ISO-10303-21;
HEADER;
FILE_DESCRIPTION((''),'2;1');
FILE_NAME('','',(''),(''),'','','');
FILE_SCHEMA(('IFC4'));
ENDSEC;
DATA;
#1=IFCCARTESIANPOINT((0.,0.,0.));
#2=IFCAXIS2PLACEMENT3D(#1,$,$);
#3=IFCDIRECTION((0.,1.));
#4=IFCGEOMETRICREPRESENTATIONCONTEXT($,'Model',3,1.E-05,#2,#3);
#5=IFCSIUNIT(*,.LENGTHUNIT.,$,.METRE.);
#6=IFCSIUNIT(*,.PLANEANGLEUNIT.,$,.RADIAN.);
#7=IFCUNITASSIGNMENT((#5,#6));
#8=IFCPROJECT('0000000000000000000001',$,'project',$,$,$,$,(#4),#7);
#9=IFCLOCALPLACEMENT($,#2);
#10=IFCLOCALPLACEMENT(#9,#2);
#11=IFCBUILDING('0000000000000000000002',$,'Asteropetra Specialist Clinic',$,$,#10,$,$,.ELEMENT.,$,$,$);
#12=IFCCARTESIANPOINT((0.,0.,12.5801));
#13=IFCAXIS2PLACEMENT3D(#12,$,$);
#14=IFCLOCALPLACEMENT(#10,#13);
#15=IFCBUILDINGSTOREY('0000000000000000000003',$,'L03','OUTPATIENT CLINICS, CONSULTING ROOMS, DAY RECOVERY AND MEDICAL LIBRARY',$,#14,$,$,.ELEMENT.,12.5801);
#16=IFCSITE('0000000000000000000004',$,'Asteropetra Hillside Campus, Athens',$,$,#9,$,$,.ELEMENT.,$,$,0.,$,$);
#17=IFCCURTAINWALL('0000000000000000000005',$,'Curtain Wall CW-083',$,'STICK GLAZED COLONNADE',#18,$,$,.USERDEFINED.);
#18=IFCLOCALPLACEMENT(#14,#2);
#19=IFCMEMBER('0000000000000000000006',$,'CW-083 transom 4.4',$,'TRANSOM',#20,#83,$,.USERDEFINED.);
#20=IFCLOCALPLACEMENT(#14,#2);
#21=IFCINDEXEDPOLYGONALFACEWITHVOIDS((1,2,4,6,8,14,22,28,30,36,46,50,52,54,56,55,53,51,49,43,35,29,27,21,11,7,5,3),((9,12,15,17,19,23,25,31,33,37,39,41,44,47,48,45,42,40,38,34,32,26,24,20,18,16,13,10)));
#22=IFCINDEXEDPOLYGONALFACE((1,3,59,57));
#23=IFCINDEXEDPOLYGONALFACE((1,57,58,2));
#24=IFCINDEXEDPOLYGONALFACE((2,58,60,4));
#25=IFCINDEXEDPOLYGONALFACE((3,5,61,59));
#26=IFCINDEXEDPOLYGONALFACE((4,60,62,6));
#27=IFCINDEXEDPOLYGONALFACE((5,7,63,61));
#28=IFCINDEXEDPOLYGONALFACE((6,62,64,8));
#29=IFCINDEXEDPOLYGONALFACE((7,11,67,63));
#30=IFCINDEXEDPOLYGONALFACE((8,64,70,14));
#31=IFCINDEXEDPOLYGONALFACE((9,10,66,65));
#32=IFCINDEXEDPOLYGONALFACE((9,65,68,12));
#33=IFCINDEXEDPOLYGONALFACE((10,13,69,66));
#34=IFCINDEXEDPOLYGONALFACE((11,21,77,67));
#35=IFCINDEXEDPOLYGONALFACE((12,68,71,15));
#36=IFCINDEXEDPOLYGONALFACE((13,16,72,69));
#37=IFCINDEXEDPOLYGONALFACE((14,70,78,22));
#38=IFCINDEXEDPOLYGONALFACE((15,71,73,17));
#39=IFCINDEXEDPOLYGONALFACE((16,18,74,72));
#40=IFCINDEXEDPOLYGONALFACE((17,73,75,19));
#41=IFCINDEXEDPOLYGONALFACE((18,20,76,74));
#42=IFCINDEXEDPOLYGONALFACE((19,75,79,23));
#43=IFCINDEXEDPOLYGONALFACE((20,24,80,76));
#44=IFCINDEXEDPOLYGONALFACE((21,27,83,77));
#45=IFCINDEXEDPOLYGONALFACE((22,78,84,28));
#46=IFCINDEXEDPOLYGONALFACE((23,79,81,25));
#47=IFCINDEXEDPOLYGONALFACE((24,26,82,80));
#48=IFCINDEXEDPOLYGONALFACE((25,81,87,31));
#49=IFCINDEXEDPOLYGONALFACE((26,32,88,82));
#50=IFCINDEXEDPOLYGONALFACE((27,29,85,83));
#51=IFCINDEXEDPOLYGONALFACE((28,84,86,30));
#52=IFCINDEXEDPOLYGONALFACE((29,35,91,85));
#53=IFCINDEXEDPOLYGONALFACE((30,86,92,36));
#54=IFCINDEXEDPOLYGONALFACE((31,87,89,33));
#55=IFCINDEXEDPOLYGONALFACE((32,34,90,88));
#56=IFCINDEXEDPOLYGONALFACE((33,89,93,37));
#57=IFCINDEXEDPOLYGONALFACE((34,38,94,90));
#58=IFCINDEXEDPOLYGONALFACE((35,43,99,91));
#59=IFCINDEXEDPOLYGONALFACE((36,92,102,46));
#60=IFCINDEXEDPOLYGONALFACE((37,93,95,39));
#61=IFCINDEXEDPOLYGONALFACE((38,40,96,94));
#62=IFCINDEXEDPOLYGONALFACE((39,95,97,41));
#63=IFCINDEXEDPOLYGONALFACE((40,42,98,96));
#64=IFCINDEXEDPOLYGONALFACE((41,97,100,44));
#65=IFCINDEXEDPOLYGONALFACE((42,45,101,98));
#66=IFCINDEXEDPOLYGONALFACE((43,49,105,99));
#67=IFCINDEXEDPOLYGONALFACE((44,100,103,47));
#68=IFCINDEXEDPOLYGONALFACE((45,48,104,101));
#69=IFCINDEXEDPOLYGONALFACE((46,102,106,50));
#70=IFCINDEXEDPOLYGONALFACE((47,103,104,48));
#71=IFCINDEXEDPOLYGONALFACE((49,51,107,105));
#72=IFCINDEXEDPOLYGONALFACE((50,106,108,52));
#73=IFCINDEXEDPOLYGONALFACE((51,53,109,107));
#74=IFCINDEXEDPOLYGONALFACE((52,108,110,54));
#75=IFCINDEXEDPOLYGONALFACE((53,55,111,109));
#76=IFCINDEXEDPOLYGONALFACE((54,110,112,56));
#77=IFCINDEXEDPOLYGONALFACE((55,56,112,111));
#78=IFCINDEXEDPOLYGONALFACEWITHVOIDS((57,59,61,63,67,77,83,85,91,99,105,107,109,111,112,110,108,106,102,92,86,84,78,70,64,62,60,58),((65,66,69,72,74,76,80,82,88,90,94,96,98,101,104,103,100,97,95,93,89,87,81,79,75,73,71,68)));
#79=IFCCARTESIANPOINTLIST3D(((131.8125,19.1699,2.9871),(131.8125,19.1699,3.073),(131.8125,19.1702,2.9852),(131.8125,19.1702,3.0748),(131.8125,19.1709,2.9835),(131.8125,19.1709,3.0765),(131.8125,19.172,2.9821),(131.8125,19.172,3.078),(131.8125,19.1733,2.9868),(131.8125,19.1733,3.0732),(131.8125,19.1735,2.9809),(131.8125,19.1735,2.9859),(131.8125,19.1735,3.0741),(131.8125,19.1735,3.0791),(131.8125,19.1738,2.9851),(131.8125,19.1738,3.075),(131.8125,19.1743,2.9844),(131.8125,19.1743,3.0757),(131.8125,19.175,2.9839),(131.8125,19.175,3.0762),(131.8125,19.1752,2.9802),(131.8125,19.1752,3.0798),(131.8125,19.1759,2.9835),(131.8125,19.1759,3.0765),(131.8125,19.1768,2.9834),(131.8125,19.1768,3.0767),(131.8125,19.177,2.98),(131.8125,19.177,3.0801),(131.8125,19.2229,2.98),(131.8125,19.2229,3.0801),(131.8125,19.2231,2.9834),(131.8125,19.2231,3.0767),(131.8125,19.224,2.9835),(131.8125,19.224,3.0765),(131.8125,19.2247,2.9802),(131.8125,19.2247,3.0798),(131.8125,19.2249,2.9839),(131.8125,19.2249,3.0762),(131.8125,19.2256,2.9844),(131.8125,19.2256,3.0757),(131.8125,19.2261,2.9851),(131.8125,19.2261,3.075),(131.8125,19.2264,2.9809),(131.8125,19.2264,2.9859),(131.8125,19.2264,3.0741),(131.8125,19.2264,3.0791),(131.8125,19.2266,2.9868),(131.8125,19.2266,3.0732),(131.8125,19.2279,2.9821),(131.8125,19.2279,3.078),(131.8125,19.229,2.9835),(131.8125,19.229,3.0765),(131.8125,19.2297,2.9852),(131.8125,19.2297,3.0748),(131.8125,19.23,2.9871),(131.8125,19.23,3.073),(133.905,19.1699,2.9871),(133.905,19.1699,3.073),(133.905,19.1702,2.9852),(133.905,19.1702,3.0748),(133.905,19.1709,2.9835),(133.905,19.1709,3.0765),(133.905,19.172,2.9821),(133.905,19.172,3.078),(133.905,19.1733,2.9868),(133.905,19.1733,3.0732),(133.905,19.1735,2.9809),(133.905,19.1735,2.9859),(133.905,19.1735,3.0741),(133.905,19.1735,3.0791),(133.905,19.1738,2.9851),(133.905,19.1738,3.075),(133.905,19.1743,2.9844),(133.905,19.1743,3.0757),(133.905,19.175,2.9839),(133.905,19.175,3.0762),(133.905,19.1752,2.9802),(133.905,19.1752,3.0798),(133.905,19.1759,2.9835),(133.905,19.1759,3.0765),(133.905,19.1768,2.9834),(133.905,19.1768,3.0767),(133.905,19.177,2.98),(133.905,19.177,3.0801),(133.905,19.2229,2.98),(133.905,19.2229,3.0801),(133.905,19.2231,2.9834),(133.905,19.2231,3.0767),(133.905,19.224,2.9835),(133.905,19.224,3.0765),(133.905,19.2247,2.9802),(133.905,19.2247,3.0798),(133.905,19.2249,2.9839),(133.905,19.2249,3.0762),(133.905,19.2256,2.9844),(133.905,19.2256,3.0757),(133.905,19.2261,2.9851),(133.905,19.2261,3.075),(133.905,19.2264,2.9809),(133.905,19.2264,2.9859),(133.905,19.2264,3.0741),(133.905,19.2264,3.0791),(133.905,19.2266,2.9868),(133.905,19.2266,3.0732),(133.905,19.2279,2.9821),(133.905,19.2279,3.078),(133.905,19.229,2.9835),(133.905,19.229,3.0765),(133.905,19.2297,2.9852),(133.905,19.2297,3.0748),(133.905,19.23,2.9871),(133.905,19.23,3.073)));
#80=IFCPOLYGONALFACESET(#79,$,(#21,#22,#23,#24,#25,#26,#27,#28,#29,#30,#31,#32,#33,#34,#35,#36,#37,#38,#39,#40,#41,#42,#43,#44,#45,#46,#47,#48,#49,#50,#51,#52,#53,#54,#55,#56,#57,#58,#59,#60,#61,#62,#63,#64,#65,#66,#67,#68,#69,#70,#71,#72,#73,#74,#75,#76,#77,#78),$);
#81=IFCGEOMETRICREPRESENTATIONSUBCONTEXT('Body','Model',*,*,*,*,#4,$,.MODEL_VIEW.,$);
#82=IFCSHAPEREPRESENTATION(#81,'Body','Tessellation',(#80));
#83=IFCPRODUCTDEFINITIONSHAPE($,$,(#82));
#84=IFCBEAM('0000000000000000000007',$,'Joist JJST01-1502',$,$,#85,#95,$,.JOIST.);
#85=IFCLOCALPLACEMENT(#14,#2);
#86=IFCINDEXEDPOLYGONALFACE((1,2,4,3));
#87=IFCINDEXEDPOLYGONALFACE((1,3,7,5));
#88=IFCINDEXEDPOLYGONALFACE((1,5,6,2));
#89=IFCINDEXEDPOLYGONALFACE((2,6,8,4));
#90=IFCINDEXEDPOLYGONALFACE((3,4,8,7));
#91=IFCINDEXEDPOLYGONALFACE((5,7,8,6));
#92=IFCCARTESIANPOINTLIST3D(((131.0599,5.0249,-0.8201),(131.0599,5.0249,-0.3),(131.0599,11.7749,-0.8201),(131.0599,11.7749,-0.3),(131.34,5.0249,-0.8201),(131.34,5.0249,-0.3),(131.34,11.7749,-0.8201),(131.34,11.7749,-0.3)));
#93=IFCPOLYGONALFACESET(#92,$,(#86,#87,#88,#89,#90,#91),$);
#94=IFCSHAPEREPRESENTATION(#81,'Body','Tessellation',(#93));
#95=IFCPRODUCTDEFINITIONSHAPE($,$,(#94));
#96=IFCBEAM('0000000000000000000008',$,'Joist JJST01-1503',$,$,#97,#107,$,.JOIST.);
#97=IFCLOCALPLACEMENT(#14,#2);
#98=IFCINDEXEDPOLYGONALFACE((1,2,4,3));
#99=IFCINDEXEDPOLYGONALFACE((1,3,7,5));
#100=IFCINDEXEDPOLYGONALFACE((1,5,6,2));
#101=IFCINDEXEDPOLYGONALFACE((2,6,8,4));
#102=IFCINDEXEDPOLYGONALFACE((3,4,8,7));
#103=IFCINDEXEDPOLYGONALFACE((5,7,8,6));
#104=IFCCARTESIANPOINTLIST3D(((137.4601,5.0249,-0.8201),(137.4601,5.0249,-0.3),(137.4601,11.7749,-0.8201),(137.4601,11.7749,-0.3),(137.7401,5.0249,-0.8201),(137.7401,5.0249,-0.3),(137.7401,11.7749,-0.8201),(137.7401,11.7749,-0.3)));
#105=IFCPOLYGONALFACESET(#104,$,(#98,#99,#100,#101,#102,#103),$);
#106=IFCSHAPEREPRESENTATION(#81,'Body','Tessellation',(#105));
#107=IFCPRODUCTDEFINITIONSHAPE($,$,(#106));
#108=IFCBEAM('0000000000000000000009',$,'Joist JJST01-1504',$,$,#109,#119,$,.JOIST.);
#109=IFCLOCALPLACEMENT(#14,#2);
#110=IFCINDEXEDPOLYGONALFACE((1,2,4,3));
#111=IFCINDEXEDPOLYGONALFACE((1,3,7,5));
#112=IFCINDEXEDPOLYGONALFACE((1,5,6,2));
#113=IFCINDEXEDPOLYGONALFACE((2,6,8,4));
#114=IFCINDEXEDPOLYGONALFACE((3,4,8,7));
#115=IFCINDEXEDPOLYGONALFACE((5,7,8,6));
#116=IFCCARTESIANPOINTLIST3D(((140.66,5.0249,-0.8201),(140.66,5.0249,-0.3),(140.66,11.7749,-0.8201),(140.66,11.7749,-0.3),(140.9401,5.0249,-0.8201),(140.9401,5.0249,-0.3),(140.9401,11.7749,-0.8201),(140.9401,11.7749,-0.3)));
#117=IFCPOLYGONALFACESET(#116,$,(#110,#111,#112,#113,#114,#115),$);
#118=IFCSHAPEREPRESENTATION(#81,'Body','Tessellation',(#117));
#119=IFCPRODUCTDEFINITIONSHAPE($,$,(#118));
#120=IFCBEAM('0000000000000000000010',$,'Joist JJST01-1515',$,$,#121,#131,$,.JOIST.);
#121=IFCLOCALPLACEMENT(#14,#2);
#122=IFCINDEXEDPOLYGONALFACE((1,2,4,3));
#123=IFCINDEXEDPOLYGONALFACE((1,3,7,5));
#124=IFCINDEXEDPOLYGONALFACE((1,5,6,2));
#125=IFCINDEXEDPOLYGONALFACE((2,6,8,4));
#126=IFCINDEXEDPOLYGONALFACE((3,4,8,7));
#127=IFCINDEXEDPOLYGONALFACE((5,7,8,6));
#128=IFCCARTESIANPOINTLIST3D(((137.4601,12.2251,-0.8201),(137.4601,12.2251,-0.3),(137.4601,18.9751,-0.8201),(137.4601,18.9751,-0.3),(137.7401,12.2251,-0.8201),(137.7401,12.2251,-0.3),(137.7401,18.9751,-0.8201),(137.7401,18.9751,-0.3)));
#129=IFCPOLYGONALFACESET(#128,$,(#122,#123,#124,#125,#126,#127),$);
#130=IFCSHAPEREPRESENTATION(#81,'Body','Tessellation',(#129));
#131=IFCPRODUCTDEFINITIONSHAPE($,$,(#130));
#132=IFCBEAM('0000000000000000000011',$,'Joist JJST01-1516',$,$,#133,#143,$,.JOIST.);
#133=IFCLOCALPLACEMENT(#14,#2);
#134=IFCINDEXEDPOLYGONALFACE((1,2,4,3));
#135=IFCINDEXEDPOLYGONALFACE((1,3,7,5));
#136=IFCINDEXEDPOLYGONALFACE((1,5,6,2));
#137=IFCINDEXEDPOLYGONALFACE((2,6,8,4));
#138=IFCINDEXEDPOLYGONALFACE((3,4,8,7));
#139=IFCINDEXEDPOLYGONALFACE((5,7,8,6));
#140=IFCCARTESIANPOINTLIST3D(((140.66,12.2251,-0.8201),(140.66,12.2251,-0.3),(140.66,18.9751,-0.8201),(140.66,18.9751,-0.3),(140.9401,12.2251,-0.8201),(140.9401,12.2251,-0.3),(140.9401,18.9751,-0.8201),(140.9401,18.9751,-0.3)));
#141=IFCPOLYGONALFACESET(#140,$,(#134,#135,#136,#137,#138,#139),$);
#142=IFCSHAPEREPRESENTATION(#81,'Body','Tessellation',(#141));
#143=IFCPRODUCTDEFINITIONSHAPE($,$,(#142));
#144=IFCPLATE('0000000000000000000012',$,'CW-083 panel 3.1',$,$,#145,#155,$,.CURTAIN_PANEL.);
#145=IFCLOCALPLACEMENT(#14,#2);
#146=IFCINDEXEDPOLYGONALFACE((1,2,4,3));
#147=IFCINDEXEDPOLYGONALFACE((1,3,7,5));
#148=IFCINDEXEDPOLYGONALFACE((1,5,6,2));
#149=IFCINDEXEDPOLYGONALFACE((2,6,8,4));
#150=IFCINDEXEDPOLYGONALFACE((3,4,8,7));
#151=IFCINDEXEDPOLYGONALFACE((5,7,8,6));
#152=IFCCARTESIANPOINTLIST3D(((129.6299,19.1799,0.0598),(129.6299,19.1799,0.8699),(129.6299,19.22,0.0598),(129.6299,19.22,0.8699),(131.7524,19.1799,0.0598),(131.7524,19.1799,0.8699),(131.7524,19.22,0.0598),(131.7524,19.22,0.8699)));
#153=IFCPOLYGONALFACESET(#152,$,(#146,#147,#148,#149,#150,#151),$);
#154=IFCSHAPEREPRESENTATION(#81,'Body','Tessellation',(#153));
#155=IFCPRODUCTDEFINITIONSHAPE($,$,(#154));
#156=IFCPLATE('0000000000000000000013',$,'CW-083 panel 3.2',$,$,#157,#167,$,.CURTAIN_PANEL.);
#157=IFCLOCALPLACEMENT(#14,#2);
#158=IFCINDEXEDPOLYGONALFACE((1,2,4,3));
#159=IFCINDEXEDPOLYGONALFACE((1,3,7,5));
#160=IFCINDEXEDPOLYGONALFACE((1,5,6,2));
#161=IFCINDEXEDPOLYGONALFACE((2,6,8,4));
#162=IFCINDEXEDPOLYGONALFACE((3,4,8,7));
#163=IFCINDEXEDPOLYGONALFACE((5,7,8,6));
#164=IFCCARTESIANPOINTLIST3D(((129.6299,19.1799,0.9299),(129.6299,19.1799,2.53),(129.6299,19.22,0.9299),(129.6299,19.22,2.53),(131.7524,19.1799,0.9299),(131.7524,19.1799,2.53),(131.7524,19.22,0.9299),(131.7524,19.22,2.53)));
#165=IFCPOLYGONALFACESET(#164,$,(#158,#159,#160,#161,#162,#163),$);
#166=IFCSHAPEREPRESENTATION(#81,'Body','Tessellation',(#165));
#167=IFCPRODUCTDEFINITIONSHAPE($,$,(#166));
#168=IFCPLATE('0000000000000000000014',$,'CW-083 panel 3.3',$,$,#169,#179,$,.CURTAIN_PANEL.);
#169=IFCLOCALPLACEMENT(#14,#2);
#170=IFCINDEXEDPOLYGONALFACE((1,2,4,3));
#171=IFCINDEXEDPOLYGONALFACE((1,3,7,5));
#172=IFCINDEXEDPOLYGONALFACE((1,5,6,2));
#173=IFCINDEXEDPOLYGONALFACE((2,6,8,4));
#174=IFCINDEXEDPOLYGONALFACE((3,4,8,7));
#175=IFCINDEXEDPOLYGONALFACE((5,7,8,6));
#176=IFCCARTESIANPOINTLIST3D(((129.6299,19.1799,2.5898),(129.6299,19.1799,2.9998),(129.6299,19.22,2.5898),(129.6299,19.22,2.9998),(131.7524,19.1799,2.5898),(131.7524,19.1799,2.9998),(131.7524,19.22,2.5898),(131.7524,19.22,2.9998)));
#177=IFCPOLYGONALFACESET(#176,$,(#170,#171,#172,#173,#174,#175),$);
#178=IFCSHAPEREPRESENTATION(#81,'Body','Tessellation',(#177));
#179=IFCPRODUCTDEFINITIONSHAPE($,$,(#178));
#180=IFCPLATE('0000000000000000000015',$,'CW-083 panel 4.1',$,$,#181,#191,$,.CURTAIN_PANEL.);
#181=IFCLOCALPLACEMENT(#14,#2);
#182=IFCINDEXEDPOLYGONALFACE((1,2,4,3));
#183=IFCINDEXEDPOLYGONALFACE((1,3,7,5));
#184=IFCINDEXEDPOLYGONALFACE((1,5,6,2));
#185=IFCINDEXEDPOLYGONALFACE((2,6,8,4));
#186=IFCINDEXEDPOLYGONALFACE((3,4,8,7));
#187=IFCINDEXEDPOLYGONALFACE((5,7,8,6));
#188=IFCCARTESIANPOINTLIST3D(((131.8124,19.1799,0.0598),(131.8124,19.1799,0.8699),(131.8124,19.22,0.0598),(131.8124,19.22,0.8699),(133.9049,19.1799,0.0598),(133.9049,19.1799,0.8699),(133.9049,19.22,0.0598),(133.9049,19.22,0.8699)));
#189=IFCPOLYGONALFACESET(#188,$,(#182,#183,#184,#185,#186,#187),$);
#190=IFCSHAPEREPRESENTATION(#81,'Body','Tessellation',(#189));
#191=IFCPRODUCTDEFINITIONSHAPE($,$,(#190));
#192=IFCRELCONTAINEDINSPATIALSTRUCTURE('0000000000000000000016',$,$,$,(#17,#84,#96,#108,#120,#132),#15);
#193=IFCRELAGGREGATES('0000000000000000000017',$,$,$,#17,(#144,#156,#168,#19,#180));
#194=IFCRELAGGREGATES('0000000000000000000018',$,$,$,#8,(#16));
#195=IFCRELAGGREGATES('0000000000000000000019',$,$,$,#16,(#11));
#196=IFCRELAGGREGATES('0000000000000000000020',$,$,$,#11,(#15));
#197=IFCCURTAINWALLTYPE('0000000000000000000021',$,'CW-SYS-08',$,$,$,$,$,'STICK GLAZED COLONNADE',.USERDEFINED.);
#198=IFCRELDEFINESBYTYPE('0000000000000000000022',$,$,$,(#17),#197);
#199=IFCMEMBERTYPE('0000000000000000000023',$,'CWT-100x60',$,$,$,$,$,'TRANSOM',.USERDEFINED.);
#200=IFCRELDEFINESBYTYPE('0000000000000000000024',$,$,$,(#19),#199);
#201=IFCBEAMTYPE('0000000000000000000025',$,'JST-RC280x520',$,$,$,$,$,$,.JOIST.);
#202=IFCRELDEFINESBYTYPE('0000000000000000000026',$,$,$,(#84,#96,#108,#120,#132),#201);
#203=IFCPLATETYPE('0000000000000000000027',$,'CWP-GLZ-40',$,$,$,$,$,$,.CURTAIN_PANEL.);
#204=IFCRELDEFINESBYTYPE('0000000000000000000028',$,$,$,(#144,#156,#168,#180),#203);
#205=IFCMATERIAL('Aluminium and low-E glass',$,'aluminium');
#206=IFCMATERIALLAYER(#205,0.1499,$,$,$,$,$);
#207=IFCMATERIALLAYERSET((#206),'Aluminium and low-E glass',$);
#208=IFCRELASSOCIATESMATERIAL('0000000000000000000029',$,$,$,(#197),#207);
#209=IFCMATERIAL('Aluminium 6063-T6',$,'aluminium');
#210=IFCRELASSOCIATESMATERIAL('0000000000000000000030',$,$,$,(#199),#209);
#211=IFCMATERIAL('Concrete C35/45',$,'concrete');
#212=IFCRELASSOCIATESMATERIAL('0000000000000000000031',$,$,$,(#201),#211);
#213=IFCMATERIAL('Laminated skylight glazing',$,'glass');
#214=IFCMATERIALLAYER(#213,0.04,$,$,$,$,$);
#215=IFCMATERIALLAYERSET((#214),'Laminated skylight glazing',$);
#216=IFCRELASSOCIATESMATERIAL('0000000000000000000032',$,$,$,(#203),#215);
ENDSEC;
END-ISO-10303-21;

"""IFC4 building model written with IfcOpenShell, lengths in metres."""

from ifc_helpers import new_model, si_unit, direction, frame, origin, origin_2d, place, context, subcontext, project, spatial, rectangle, hollow_rectangle, extrude, material, layer, layer_set, material_profile, profile_set, type_object, element, aggregate, save


model = new_model("IFC4")

# Units and contexts
model_context = context("Model", 3, precision=1e-05, world=origin(), true_north=direction((0.0, 1.0)))
body_context = subcontext(model_context, "Body", "Model", "MODEL_VIEW")
ifc_project = project(units=[si_unit("LENGTHUNIT", "METRE"), si_unit("PLANEANGLEUNIT", "RADIAN")], contexts=[model_context])

# Site, building, storey
site_placement = place(None, origin())
site = spatial("IfcSite", under=ifc_project, at=site_placement, Name="Asteropetra Hillside Campus, Athens", CompositionType="ELEMENT", RefElevation=0.0)
building_placement = place(site_placement, origin())
building = spatial("IfcBuilding", under=site, at=building_placement, Name="Asteropetra Specialist Clinic", CompositionType="ELEMENT")
storey_placement = place(building_placement, frame((0.0, 0.0, 12.5801)))
storey = spatial("IfcBuildingStorey", under=building, at=storey_placement, Name="L03", Description="OUTPATIENT CLINICS, CONSULTING ROOMS, DAY RECOVERY AND MEDICAL LIBRARY", CompositionType="ELEMENT", Elevation=12.5801)

# Curtain wall, member
ifc_material_1 = material(Name="Aluminium and low-E glass", Category="aluminium")
ifc_layer_1 = layer(ifc_material_1, 0.1499)
ifc_layer_set_1 = layer_set([ifc_layer_1], Name="Aluminium and low-E glass")
curtain_wall_type = type_object("IfcCurtainWallType", Name="CW-SYS-08", ElementType="STICK GLAZED COLONNADE", PredefinedType="USERDEFINED", material=ifc_layer_set_1)
curtain_wall_placement = place(storey_placement, origin())
curtain_wall = element("IfcCurtainWall", 1, at=curtain_wall_placement, inside=storey, type_object=curtain_wall_type, Name="Curtain Wall CW-083", ObjectType="STICK GLAZED COLONNADE", PredefinedType="USERDEFINED")
ifc_material_2 = material(Name="Aluminium 6063-T6", Category="aluminium")
ifc_material_profile_1 = material_profile(ifc_material_2, hollow_rectangle(XDim=0.0601, YDim=0.1001, WallThickness=0.0034, InnerFilletRadius=0.0034, OuterFilletRadius=0.0071, at=origin_2d()), Name="TRN 100x60x3.5")
ifc_profile_set_1 = profile_set([ifc_material_profile_1], Name="Aluminium 6063-T6")
member_type_1 = type_object("IfcMemberType", Name="CWT-100x60", ElementType="TRANSOM", PredefinedType="USERDEFINED", material=ifc_profile_set_1)
member_1_placement = place(storey_placement, frame((131.8125, 19.2, 3.03), z_axis=(1.0, 0.0, 0.0), x_axis=(0.0, 1.0, 0.0)))
member_1 = element("IfcMember", 2, at=member_1_placement, type_object=member_type_1, Name="CW-083 transom 4.4", ObjectType="TRANSOM", PredefinedType="USERDEFINED", context=body_context, shape_type="SweptSolid", body=[
    extrude(hollow_rectangle(XDim=0.0601, YDim=0.1001, WallThickness=0.0034, InnerFilletRadius=0.0034, OuterFilletRadius=0.0071, at=origin_2d()), origin(), (0.0, 0.0, 1.0), 2.0925),
])

# Beams
ifc_material_3 = material(Name="Concrete C35/45", Category="concrete")
ifc_material_profile_2 = material_profile(ifc_material_3, rectangle(XDim=0.28, YDim=0.52, at=origin_2d()), Name="RCJ 280x520")
ifc_profile_set_2 = profile_set([ifc_material_profile_2], Name="Concrete C35/45")
beam_type_1 = type_object("IfcBeamType", Name="JST-RC280x520", PredefinedType="JOIST", material=ifc_profile_set_2)
for number, where, z_axis, x_axis, name in (
    (3, (131.2, 5.0249, -0.5601), (0.0, 1.0, 0.0), (-1.0, 0.0, 0.0), "Joist JJST01-1502"),
    (4, (137.6001, 5.0249, -0.5601), (0.0, 1.0, 0.0), (-1.0, 0.0, 0.0), "Joist JJST01-1503"),
    (5, (140.8, 5.0249, -0.5601), (0.0, 1.0, 0.0), (-1.0, 0.0, 0.0), "Joist JJST01-1504"),
    (6, (137.6001, 12.2251, -0.5601), (0.0, 1.0, 0.0), (-1.0, 0.0, 0.0), "Joist JJST01-1515"),
    (7, (140.8, 12.2251, -0.5601), (0.0, 1.0, 0.0), (-1.0, 0.0, 0.0), "Joist JJST01-1516"),
):
    element("IfcBeam", number, at=place(storey_placement, frame(where, z_axis=z_axis, x_axis=x_axis)), inside=storey, type_object=beam_type_1, Name=name, PredefinedType="JOIST", context=body_context, shape_type="SweptSolid", body=[
        extrude(rectangle(XDim=0.28, YDim=0.52, at=origin_2d()), origin(), (0.0, 0.0, 1.0), 6.75),
    ])

# Plates
ifc_material_4 = material(Name="Laminated skylight glazing", Category="glass")
ifc_layer_2 = layer(ifc_material_4, 0.04)
ifc_layer_set_2 = layer_set([ifc_layer_2], Name="Laminated skylight glazing")
plate_type = type_object("IfcPlateType", Name="CWP-GLZ-40", PredefinedType="CURTAIN_PANEL", material=ifc_layer_set_2)
plate_1_placement = place(storey_placement, frame((130.6912, 19.2, 0.0598), z_axis=(0.0, 0.0, 1.0), x_axis=(1.0, 0.0, 0.0)))
plate_1 = element("IfcPlate", 8, at=plate_1_placement, type_object=plate_type, Name="CW-083 panel 3.1", PredefinedType="CURTAIN_PANEL", context=body_context, shape_type="SweptSolid", body=[
    extrude(rectangle(XDim=2.1226, YDim=0.04, at=origin_2d()), origin(), (0.0, 0.0, 1.0), 0.8101),
])
plate_2_placement = place(storey_placement, frame((130.6912, 19.2, 0.9299), z_axis=(0.0, 0.0, 1.0), x_axis=(1.0, 0.0, 0.0)))
plate_2 = element("IfcPlate", 9, at=plate_2_placement, type_object=plate_type, Name="CW-083 panel 3.2", PredefinedType="CURTAIN_PANEL", context=body_context, shape_type="SweptSolid", body=[
    extrude(rectangle(XDim=2.1226, YDim=0.04, at=origin_2d()), origin(), (0.0, 0.0, 1.0), 1.6001),
])
plate_3_placement = place(storey_placement, frame((130.6912, 19.2, 2.5898), z_axis=(0.0, 0.0, 1.0), x_axis=(1.0, 0.0, 0.0)))
plate_3 = element("IfcPlate", 10, at=plate_3_placement, type_object=plate_type, Name="CW-083 panel 3.3", PredefinedType="CURTAIN_PANEL", context=body_context, shape_type="SweptSolid", body=[
    extrude(rectangle(XDim=2.1226, YDim=0.04, at=origin_2d()), origin(), (0.0, 0.0, 1.0), 0.4099),
])
plate_4_placement = place(storey_placement, frame((132.8586, 19.2, 0.0598), z_axis=(0.0, 0.0, 1.0), x_axis=(1.0, 0.0, 0.0)))
plate_4 = element("IfcPlate", 11, at=plate_4_placement, type_object=plate_type, Name="CW-083 panel 4.1", PredefinedType="CURTAIN_PANEL", context=body_context, shape_type="SweptSolid", body=[
    extrude(rectangle(XDim=2.0925, YDim=0.04, at=origin_2d()), origin(), (0.0, 0.0, 1.0), 0.8101),
])
aggregate(curtain_wall, [plate_1, plate_2, plate_3, member_1, plate_4])

save(model, "model.ifc")
